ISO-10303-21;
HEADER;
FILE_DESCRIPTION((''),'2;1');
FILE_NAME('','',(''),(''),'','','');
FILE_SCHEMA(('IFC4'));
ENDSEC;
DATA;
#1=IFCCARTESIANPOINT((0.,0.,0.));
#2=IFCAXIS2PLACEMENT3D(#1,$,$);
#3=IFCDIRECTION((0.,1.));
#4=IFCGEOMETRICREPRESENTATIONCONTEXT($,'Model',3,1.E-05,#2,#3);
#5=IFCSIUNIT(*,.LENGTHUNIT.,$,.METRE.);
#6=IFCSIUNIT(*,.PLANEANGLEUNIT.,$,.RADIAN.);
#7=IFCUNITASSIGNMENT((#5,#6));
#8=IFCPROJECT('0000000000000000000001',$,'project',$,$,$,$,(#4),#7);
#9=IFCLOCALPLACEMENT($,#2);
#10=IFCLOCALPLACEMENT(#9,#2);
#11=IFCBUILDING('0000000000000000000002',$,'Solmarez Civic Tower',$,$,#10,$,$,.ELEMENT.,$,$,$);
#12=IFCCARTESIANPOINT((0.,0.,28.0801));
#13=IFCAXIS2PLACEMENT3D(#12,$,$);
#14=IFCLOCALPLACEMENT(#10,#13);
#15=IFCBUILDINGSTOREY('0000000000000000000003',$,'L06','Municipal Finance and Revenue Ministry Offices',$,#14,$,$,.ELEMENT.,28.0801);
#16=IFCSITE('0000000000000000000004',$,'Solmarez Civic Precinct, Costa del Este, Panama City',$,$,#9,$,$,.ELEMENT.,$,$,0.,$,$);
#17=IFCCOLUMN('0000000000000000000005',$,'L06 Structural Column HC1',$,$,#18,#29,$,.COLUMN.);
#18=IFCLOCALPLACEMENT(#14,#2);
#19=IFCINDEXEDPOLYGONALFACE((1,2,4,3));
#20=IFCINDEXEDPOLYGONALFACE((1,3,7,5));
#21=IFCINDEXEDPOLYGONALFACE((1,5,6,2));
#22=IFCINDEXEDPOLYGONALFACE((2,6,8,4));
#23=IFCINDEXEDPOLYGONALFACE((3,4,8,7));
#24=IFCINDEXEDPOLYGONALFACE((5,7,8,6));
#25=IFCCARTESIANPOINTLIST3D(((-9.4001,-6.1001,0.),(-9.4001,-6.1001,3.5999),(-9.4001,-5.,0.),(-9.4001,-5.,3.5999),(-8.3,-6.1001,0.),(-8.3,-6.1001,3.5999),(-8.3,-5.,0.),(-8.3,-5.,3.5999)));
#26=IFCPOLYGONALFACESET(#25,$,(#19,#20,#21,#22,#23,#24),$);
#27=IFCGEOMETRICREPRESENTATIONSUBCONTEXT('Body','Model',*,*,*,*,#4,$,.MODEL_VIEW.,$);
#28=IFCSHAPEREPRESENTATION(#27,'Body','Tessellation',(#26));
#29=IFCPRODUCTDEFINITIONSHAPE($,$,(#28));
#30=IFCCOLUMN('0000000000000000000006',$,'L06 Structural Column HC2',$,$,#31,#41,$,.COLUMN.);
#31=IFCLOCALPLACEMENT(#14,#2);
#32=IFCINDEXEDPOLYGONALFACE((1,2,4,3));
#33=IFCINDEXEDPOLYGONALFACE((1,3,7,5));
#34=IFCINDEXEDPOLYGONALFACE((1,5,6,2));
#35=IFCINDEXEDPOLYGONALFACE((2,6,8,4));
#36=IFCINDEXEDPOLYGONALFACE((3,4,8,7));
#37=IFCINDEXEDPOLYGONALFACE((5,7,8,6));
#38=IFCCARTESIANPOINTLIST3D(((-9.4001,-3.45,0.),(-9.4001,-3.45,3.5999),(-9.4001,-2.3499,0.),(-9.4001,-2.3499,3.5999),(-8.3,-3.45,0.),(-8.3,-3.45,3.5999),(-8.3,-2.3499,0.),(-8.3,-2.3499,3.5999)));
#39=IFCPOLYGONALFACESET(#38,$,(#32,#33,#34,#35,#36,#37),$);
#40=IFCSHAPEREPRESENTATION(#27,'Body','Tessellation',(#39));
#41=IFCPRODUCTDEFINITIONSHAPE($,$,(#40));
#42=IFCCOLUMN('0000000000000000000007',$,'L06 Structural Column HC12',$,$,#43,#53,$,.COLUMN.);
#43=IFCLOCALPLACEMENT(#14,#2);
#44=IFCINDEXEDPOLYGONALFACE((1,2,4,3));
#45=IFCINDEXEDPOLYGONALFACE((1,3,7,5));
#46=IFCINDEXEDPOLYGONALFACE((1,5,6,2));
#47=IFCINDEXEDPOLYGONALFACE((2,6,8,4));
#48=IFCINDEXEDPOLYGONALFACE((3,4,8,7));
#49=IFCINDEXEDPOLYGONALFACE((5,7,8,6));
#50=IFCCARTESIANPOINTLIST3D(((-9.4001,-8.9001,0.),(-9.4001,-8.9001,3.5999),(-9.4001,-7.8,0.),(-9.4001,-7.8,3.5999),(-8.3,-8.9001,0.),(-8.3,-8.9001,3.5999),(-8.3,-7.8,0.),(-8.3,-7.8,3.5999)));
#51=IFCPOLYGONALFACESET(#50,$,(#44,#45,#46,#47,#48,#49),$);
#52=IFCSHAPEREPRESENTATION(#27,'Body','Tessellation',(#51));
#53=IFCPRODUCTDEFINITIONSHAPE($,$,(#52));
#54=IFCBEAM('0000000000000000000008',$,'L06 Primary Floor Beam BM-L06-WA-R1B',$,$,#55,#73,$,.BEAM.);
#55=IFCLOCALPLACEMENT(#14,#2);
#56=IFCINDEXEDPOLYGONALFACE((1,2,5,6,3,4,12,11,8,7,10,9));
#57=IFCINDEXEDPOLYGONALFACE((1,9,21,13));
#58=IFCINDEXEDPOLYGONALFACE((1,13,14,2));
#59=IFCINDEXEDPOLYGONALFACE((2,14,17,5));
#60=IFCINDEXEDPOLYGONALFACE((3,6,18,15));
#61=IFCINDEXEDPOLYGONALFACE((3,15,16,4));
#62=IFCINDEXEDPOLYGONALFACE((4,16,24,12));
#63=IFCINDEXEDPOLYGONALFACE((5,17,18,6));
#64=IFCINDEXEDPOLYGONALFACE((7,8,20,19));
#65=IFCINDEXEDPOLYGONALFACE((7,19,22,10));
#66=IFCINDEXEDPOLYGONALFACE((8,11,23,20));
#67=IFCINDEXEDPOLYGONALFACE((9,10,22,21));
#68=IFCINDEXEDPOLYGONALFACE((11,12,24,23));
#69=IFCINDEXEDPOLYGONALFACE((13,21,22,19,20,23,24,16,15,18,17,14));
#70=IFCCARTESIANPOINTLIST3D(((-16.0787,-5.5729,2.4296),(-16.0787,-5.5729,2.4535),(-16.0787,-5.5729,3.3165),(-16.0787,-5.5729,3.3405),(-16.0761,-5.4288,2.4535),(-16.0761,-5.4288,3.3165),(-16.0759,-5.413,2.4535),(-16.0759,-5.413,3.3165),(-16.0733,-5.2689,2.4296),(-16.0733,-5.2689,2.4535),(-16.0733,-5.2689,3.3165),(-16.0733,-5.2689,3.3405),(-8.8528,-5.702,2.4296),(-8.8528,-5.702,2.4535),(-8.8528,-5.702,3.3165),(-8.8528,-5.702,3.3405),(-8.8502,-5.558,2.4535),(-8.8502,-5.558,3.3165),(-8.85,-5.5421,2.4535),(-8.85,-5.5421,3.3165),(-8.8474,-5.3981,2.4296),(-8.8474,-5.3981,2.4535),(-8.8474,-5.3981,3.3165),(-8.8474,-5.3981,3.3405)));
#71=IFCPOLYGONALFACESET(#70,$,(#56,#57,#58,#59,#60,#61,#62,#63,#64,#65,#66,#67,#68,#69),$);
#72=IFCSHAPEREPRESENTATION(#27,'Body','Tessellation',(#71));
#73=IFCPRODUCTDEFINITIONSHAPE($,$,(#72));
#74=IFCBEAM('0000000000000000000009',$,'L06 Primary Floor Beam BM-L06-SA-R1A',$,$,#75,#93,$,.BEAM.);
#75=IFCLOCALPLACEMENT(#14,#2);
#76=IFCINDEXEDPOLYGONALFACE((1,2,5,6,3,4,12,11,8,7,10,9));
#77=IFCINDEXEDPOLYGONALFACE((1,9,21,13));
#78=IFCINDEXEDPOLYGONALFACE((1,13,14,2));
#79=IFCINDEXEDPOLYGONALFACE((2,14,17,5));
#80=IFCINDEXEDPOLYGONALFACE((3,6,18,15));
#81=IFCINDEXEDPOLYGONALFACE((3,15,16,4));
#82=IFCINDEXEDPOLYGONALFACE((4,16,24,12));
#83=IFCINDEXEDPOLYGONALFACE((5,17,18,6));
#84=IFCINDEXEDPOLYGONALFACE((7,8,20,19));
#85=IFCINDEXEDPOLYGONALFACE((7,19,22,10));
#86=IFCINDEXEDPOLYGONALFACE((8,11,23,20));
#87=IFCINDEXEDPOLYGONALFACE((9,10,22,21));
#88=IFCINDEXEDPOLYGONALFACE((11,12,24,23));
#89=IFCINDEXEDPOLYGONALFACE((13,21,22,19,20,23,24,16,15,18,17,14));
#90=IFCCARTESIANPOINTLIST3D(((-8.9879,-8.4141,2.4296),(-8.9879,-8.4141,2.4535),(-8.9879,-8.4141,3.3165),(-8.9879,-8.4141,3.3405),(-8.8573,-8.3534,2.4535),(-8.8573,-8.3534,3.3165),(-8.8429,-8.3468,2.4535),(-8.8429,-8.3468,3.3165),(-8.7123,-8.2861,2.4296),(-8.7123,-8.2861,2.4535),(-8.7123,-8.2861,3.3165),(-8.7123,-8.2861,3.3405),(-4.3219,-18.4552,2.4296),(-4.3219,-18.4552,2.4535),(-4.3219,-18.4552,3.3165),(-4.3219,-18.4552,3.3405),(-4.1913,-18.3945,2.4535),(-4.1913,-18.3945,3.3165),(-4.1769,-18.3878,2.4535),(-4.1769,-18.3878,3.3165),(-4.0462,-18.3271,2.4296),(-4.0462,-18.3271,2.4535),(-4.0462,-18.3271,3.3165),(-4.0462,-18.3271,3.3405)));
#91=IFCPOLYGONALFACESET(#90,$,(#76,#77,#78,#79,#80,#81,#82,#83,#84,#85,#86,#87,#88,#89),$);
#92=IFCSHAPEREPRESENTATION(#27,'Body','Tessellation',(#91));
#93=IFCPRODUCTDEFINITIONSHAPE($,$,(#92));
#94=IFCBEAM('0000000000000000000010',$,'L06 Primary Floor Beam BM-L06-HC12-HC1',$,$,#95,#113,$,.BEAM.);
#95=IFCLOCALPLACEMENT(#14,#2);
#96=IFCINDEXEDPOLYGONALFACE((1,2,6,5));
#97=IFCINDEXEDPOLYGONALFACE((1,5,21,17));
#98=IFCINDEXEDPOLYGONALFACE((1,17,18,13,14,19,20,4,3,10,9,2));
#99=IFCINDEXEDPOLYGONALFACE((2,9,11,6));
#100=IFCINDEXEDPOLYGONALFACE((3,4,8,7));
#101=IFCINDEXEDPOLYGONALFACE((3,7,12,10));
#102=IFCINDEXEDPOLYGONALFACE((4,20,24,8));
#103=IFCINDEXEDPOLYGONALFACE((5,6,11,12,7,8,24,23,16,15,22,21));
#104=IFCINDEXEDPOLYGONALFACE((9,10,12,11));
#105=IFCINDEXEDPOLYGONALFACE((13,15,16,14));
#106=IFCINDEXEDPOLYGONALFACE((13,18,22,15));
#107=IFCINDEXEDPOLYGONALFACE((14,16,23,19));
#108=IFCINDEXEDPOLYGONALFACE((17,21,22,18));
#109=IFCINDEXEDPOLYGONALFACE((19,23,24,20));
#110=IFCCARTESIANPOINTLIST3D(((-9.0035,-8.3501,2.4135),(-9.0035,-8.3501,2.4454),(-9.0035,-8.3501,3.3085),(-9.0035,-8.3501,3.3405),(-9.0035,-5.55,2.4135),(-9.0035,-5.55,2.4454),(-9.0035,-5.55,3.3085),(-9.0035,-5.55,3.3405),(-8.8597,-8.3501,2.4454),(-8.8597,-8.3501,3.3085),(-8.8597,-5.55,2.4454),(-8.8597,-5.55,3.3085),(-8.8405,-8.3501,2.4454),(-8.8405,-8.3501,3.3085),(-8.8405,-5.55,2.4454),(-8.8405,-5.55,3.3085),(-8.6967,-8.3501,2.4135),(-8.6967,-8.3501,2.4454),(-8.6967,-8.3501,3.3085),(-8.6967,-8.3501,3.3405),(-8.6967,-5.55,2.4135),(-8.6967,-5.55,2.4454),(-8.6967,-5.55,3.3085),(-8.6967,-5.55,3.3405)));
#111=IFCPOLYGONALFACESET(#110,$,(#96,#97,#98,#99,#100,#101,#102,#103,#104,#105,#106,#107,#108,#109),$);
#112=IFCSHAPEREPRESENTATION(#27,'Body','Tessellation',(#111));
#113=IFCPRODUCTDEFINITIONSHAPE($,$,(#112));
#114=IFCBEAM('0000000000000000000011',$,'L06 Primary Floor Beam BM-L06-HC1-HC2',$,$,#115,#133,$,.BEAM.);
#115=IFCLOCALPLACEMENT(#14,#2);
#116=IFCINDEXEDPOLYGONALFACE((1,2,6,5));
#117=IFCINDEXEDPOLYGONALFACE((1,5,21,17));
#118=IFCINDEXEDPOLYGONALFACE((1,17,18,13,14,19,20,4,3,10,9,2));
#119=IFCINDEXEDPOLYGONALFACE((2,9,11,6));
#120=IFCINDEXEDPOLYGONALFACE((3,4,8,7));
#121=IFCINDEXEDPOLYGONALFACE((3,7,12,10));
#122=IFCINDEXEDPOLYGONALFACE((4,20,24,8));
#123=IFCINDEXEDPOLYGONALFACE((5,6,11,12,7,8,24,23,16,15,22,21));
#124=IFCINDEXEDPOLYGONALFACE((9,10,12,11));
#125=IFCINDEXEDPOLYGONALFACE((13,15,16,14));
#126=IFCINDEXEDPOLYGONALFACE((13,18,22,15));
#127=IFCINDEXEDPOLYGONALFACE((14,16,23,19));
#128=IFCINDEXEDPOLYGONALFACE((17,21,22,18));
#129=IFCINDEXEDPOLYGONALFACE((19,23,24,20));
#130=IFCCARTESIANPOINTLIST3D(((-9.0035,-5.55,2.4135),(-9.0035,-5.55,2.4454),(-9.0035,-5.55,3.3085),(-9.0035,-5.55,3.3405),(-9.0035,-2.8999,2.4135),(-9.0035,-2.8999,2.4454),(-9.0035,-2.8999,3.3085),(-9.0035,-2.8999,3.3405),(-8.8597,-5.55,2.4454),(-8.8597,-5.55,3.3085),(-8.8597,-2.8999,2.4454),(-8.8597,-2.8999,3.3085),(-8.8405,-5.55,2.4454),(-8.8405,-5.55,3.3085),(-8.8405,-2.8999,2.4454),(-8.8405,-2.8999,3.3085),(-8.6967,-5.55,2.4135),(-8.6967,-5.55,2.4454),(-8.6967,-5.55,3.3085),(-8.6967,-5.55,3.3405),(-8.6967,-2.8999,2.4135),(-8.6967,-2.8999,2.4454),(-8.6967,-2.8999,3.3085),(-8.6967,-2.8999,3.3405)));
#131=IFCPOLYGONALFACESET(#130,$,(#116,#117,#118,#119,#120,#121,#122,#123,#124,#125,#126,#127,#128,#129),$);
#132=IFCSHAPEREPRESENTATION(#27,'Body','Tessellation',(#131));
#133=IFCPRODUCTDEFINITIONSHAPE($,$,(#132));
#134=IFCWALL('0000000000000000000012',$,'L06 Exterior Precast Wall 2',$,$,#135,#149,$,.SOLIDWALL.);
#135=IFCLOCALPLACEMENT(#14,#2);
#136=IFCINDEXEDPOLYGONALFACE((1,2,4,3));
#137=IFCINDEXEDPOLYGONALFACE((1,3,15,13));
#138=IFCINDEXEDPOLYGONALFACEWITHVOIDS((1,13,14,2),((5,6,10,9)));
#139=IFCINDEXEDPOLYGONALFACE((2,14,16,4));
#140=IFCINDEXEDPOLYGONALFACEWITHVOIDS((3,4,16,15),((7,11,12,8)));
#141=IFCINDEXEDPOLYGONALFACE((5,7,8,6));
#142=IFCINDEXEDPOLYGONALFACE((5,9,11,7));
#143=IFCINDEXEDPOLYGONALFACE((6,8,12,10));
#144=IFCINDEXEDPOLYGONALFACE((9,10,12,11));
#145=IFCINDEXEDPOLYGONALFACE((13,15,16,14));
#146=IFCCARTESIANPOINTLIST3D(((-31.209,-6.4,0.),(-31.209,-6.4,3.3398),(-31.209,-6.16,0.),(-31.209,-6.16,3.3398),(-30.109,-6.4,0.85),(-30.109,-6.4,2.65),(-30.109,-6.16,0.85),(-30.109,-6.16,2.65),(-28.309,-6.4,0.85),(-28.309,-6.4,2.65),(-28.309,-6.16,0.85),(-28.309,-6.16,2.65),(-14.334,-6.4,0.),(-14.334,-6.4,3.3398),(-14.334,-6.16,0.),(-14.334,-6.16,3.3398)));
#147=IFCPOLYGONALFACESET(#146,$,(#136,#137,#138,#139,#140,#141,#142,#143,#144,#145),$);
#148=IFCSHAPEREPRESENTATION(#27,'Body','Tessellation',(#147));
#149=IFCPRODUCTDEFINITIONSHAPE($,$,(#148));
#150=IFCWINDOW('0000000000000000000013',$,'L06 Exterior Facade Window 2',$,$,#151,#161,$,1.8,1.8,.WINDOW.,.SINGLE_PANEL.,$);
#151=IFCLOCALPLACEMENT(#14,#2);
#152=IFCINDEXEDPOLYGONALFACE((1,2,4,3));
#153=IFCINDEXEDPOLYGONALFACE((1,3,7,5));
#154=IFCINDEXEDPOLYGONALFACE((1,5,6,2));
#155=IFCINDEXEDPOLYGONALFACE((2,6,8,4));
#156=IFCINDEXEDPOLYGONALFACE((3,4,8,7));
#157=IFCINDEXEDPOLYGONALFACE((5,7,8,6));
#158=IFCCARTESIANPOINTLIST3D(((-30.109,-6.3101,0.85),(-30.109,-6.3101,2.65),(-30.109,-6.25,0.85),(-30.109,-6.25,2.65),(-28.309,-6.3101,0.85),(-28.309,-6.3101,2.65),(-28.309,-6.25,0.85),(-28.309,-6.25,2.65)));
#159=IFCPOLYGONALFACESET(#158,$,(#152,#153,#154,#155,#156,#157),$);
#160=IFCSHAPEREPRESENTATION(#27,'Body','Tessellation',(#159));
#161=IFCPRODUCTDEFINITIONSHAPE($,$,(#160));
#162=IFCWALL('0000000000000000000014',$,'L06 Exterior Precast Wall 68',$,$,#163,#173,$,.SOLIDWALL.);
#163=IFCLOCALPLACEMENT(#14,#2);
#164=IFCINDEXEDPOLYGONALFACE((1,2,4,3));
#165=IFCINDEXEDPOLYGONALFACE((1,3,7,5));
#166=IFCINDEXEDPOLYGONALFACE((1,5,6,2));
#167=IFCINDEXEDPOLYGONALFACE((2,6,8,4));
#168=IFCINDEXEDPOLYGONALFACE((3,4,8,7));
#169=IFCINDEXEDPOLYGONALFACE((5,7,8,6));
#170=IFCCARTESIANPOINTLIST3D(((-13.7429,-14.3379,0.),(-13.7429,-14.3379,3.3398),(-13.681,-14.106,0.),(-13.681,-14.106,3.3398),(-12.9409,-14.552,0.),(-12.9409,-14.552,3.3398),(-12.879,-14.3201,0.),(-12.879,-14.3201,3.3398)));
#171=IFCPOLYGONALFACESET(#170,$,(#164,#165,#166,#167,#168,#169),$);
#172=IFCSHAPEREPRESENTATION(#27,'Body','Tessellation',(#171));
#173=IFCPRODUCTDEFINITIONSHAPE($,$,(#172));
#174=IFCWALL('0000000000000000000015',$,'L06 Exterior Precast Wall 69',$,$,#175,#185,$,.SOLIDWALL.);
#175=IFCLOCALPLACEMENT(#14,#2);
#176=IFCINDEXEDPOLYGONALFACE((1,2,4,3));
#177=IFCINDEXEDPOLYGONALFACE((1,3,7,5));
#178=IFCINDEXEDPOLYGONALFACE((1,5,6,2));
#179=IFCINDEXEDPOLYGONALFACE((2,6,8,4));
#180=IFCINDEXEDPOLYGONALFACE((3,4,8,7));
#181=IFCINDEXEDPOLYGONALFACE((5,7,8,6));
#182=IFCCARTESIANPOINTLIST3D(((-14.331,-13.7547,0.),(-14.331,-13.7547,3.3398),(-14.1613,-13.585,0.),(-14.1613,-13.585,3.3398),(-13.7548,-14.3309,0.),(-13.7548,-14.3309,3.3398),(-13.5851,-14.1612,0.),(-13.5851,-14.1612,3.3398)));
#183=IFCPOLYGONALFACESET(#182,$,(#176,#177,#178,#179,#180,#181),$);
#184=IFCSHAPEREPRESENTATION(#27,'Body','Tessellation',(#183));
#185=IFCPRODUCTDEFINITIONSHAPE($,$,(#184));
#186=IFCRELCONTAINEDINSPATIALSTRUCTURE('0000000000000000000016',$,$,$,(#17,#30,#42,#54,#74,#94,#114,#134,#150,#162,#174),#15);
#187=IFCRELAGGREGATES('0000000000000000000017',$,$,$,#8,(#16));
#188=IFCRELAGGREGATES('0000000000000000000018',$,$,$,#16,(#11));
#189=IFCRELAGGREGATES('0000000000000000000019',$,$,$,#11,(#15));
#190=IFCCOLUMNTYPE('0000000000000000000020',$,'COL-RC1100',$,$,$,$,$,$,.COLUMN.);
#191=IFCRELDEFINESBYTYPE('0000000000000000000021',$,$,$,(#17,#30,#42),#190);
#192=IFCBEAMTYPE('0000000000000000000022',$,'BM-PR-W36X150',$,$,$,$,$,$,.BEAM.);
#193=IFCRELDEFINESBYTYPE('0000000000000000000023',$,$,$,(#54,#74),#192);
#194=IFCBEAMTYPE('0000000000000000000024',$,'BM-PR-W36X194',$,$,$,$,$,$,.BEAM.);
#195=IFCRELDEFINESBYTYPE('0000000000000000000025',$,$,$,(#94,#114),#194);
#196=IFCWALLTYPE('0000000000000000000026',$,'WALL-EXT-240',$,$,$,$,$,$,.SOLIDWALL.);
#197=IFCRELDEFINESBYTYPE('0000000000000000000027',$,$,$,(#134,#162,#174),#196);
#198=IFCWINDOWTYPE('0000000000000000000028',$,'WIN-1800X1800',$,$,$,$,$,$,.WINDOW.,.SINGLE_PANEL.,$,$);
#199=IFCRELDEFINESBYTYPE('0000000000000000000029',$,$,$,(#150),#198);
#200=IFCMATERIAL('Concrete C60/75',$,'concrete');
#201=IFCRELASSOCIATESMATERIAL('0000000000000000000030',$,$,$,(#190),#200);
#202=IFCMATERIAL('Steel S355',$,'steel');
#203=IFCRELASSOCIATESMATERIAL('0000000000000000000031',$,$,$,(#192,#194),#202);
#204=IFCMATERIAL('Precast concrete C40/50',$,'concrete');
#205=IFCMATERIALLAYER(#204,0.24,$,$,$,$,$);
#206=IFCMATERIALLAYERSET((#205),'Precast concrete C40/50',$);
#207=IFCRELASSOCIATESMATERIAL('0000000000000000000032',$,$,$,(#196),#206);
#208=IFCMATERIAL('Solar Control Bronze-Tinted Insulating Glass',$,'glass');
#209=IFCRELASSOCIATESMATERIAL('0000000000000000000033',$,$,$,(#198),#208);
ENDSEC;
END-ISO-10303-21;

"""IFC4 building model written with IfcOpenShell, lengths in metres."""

from ifc_helpers import new_model, si_unit, direction, frame, frame_2d, origin, origin_2d, place, context, subcontext, project, spatial, rectangle, i_section, extrude, material, layer, layer_set, material_profile, profile_set, type_object, element, fill, save


model = new_model("IFC4")

# Units and contexts
model_context = context("Model", 3, precision=1e-05, world=origin(), true_north=direction((0.0, 1.0)))
body_context = subcontext(model_context, "Body", "Model", "MODEL_VIEW")
ifc_project = project(units=[si_unit("LENGTHUNIT", "METRE"), si_unit("PLANEANGLEUNIT", "RADIAN")], contexts=[model_context])

# Site, building, storey
site_placement = place(None, origin())
site = spatial("IfcSite", under=ifc_project, at=site_placement, Name="Solmarez Civic Precinct, Costa del Este, Panama City", CompositionType="ELEMENT", RefElevation=0.0)
building_placement = place(site_placement, origin())
building = spatial("IfcBuilding", under=site, at=building_placement, Name="Solmarez Civic Tower", CompositionType="ELEMENT")
storey_placement = place(building_placement, frame((0.0, 0.0, 28.0801)))
storey = spatial("IfcBuildingStorey", under=building, at=storey_placement, Name="L06", Description="Municipal Finance and Revenue Ministry Offices", CompositionType="ELEMENT", Elevation=28.0801)

# Columns
ifc_material_1 = material(Name="Concrete C60/75", Category="concrete")
ifc_material_profile_1 = material_profile(ifc_material_1, rectangle(XDim=1.1001, YDim=1.1001, at=origin_2d()), Name="RC1100X1100")
ifc_profile_set_1 = profile_set([ifc_material_profile_1], Name="Concrete C60/75")
column_type = type_object("IfcColumnType", Name="COL-RC1100", PredefinedType="COLUMN", material=ifc_profile_set_1)
for number, where, z_axis, x_axis, name in (
    (1, (-8.8501, -5.55, 0.0), (0.0, 0.0, 1.0), (1.0, 0.0, 0.0), "L06 Structural Column HC1"),
    (2, (-8.8501, -2.8999, 0.0), (0.0, 0.0, 1.0), (1.0, 0.0, 0.0), "L06 Structural Column HC2"),
    (3, (-8.8501, -8.3501, 0.0), (0.0, 0.0, 1.0), (1.0, 0.0, 0.0), "L06 Structural Column HC12"),
):
    element("IfcColumn", number, at=place(storey_placement, frame(where, z_axis=z_axis, x_axis=x_axis)), inside=storey, type_object=column_type, Name=name, PredefinedType="COLUMN", context=body_context, shape_type="SweptSolid", body=[
        extrude(rectangle(XDim=1.1001, YDim=1.1001, at=origin_2d()), origin(), (0.0, 0.0, 1.0), 3.5999),
    ])

# Beams
ifc_material_2 = material(Name="Steel S355", Category="steel")
ifc_material_profile_2 = material_profile(ifc_material_2, i_section(OverallWidth=0.304, OverallDepth=0.9109, WebThickness=0.0159, FlangeThickness=0.0239, at=origin_2d()), Name="W36X150")
ifc_profile_set_2 = profile_set([ifc_material_profile_2], Name="Steel S355")
beam_type_1 = type_object("IfcBeamType", Name="BM-PR-W36X150", PredefinedType="BEAM", material=ifc_profile_set_2)
beam_1_placement = place(storey_placement, frame((-8.8501, -5.55, 2.885), z_axis=(-0.99984, 0.017871, 0.0), x_axis=(-0.017871, -0.99984, 0.0)))
element("IfcBeam", 4, at=beam_1_placement, inside=storey, type_object=beam_type_1, Name="L06 Primary Floor Beam BM-L06-WA-R1B", PredefinedType="BEAM", context=body_context, shape_type="SweptSolid", body=[
    extrude(i_section(OverallWidth=0.304, OverallDepth=0.9109, WebThickness=0.0159, FlangeThickness=0.0239, at=origin_2d()), origin(), (0.0, 0.0, 1.0), 7.2271),
])
beam_2_placement = place(storey_placement, frame((-8.8501, -8.3501, 2.885), z_axis=(0.421417, -0.906867, 0.0), x_axis=(0.906867, 0.421417, 0.0)))
element("IfcBeam", 5, at=beam_2_placement, inside=storey, type_object=beam_type_1, Name="L06 Primary Floor Beam BM-L06-SA-R1A", PredefinedType="BEAM", context=body_context, shape_type="SweptSolid", body=[
    extrude(i_section(OverallWidth=0.304, OverallDepth=0.9109, WebThickness=0.0159, FlangeThickness=0.0239, at=origin_2d()), origin(), (0.0, 0.0, 1.0), 11.0723),
])
ifc_material_profile_3 = material_profile(ifc_material_2, i_section(OverallWidth=0.3069, OverallDepth=0.927, WebThickness=0.0193, FlangeThickness=0.032, at=origin_2d()), Name="W36X194")
ifc_profile_set_3 = profile_set([ifc_material_profile_3], Name="Steel S355")
beam_type_2 = type_object("IfcBeamType", Name="BM-PR-W36X194", PredefinedType="BEAM", material=ifc_profile_set_3)
beam_3_placement = place(storey_placement, frame((-8.8501, -8.3501, 2.877), z_axis=(0.0, 1.0, 0.0), x_axis=(-1.0, 0.0, 0.0)))
element("IfcBeam", 6, at=beam_3_placement, inside=storey, type_object=beam_type_2, Name="L06 Primary Floor Beam BM-L06-HC12-HC1", PredefinedType="BEAM", context=body_context, shape_type="SweptSolid", body=[
    extrude(i_section(OverallWidth=0.3069, OverallDepth=0.927, WebThickness=0.0193, FlangeThickness=0.032, at=origin_2d()), origin(), (0.0, 0.0, 1.0), 2.8),
])
beam_4_placement = place(storey_placement, frame((-8.8501, -5.55, 2.877), z_axis=(0.0, 1.0, 0.0), x_axis=(-1.0, 0.0, 0.0)))
element("IfcBeam", 7, at=beam_4_placement, inside=storey, type_object=beam_type_2, Name="L06 Primary Floor Beam BM-L06-HC1-HC2", PredefinedType="BEAM", context=body_context, shape_type="SweptSolid", body=[
    extrude(i_section(OverallWidth=0.3069, OverallDepth=0.927, WebThickness=0.0193, FlangeThickness=0.032, at=origin_2d()), origin(), (0.0, 0.0, 1.0), 2.6501),
])

# Wall, opening, window
ifc_material_3 = material(Name="Precast concrete C40/50", Category="concrete")
ifc_layer_1 = layer(ifc_material_3, 0.24)
ifc_layer_set_1 = layer_set([ifc_layer_1], Name="Precast concrete C40/50")
wall_type_1 = type_object("IfcWallType", Name="WALL-EXT-240", PredefinedType="SOLIDWALL", material=ifc_layer_set_1)
wall_1_placement = place(storey_placement, frame((-14.334, -6.28, 0.0), z_axis=(0.0, 0.0, 1.0), x_axis=(-1.0, 0.0, 0.0)))
wall_1 = element("IfcWall", 8, at=wall_1_placement, inside=storey, type_object=wall_type_1, Name="L06 Exterior Precast Wall 2", PredefinedType="SOLIDWALL", context=body_context, shape_type="SweptSolid", body=[
    extrude(rectangle(XDim=16.875, YDim=0.24, at=frame_2d((8.4375, 0.0))), origin(), (0.0, 0.0, 1.0), 3.3398),
])
opening_placement = place(wall_1_placement, frame((13.9751, 0.0, 0.8501)))
opening = element("IfcOpeningElement", 9, at=opening_placement, cuts=wall_1, PredefinedType="OPENING", context=body_context, shape_type="SweptSolid", body=[
    extrude(rectangle(XDim=1.8, YDim=1.8, at=frame_2d((0.8999, 0.8999))), frame((0.0, 0.1299, 0.0), z_axis=(0.0, -1.0, 0.0), x_axis=(1.0, 0.0, 0.0)), (0.0, 0.0, 1.0), 0.26),
])
ifc_material_4 = material(Name="Solar Control Bronze-Tinted Insulating Glass", Category="glass")
window_type = type_object("IfcWindowType", Name="WIN-1800X1800", PartitioningType="SINGLE_PANEL", PredefinedType="WINDOW", material=ifc_material_4)
window_placement = place(opening_placement, origin())
window = element("IfcWindow", 10, at=window_placement, inside=storey, type_object=window_type, Name="L06 Exterior Facade Window 2", OverallHeight=1.8, OverallWidth=1.8, PartitioningType="SINGLE_PANEL", PredefinedType="WINDOW", context=body_context, shape_type="SweptSolid", body=[
    extrude(rectangle(XDim=1.8, YDim=1.8, at=frame_2d((0.8999, 0.8999))), frame((0.0, 0.03, 0.0), z_axis=(0.0, -1.0, 0.0), x_axis=(1.0, 0.0, 0.0)), (0.0, 0.0, 1.0), 0.0601),
])
fill(opening, window)

# Walls
wall_2_placement = place(storey_placement, frame((-12.9099, -14.436, 0.0), z_axis=(0.0, 0.0, 1.0), x_axis=(-0.966162, 0.257937, 0.0)))
element("IfcWall", 11, at=wall_2_placement, inside=storey, type_object=wall_type_1, Name="L06 Exterior Precast Wall 68", PredefinedType="SOLIDWALL", context=body_context, shape_type="SweptSolid", body=[
    extrude(rectangle(XDim=0.8301, YDim=0.24, at=frame_2d((0.415, 0.0))), origin(), (0.0, 0.0, 1.0), 3.3398),
])
wall_3_placement = place(storey_placement, frame((-13.6699, -14.2461, 0.0), z_axis=(0.0, 0.0, 1.0), x_axis=(-0.707107, 0.707107, 0.0)))
element("IfcWall", 12, at=wall_3_placement, inside=storey, type_object=wall_type_1, Name="L06 Exterior Precast Wall 69", PredefinedType="SOLIDWALL", context=body_context, shape_type="SweptSolid", body=[
    extrude(rectangle(XDim=0.8149, YDim=0.24, at=frame_2d((0.4075, 0.0))), origin(), (0.0, 0.0, 1.0), 3.3398),
])

save(model, "model.ifc")
